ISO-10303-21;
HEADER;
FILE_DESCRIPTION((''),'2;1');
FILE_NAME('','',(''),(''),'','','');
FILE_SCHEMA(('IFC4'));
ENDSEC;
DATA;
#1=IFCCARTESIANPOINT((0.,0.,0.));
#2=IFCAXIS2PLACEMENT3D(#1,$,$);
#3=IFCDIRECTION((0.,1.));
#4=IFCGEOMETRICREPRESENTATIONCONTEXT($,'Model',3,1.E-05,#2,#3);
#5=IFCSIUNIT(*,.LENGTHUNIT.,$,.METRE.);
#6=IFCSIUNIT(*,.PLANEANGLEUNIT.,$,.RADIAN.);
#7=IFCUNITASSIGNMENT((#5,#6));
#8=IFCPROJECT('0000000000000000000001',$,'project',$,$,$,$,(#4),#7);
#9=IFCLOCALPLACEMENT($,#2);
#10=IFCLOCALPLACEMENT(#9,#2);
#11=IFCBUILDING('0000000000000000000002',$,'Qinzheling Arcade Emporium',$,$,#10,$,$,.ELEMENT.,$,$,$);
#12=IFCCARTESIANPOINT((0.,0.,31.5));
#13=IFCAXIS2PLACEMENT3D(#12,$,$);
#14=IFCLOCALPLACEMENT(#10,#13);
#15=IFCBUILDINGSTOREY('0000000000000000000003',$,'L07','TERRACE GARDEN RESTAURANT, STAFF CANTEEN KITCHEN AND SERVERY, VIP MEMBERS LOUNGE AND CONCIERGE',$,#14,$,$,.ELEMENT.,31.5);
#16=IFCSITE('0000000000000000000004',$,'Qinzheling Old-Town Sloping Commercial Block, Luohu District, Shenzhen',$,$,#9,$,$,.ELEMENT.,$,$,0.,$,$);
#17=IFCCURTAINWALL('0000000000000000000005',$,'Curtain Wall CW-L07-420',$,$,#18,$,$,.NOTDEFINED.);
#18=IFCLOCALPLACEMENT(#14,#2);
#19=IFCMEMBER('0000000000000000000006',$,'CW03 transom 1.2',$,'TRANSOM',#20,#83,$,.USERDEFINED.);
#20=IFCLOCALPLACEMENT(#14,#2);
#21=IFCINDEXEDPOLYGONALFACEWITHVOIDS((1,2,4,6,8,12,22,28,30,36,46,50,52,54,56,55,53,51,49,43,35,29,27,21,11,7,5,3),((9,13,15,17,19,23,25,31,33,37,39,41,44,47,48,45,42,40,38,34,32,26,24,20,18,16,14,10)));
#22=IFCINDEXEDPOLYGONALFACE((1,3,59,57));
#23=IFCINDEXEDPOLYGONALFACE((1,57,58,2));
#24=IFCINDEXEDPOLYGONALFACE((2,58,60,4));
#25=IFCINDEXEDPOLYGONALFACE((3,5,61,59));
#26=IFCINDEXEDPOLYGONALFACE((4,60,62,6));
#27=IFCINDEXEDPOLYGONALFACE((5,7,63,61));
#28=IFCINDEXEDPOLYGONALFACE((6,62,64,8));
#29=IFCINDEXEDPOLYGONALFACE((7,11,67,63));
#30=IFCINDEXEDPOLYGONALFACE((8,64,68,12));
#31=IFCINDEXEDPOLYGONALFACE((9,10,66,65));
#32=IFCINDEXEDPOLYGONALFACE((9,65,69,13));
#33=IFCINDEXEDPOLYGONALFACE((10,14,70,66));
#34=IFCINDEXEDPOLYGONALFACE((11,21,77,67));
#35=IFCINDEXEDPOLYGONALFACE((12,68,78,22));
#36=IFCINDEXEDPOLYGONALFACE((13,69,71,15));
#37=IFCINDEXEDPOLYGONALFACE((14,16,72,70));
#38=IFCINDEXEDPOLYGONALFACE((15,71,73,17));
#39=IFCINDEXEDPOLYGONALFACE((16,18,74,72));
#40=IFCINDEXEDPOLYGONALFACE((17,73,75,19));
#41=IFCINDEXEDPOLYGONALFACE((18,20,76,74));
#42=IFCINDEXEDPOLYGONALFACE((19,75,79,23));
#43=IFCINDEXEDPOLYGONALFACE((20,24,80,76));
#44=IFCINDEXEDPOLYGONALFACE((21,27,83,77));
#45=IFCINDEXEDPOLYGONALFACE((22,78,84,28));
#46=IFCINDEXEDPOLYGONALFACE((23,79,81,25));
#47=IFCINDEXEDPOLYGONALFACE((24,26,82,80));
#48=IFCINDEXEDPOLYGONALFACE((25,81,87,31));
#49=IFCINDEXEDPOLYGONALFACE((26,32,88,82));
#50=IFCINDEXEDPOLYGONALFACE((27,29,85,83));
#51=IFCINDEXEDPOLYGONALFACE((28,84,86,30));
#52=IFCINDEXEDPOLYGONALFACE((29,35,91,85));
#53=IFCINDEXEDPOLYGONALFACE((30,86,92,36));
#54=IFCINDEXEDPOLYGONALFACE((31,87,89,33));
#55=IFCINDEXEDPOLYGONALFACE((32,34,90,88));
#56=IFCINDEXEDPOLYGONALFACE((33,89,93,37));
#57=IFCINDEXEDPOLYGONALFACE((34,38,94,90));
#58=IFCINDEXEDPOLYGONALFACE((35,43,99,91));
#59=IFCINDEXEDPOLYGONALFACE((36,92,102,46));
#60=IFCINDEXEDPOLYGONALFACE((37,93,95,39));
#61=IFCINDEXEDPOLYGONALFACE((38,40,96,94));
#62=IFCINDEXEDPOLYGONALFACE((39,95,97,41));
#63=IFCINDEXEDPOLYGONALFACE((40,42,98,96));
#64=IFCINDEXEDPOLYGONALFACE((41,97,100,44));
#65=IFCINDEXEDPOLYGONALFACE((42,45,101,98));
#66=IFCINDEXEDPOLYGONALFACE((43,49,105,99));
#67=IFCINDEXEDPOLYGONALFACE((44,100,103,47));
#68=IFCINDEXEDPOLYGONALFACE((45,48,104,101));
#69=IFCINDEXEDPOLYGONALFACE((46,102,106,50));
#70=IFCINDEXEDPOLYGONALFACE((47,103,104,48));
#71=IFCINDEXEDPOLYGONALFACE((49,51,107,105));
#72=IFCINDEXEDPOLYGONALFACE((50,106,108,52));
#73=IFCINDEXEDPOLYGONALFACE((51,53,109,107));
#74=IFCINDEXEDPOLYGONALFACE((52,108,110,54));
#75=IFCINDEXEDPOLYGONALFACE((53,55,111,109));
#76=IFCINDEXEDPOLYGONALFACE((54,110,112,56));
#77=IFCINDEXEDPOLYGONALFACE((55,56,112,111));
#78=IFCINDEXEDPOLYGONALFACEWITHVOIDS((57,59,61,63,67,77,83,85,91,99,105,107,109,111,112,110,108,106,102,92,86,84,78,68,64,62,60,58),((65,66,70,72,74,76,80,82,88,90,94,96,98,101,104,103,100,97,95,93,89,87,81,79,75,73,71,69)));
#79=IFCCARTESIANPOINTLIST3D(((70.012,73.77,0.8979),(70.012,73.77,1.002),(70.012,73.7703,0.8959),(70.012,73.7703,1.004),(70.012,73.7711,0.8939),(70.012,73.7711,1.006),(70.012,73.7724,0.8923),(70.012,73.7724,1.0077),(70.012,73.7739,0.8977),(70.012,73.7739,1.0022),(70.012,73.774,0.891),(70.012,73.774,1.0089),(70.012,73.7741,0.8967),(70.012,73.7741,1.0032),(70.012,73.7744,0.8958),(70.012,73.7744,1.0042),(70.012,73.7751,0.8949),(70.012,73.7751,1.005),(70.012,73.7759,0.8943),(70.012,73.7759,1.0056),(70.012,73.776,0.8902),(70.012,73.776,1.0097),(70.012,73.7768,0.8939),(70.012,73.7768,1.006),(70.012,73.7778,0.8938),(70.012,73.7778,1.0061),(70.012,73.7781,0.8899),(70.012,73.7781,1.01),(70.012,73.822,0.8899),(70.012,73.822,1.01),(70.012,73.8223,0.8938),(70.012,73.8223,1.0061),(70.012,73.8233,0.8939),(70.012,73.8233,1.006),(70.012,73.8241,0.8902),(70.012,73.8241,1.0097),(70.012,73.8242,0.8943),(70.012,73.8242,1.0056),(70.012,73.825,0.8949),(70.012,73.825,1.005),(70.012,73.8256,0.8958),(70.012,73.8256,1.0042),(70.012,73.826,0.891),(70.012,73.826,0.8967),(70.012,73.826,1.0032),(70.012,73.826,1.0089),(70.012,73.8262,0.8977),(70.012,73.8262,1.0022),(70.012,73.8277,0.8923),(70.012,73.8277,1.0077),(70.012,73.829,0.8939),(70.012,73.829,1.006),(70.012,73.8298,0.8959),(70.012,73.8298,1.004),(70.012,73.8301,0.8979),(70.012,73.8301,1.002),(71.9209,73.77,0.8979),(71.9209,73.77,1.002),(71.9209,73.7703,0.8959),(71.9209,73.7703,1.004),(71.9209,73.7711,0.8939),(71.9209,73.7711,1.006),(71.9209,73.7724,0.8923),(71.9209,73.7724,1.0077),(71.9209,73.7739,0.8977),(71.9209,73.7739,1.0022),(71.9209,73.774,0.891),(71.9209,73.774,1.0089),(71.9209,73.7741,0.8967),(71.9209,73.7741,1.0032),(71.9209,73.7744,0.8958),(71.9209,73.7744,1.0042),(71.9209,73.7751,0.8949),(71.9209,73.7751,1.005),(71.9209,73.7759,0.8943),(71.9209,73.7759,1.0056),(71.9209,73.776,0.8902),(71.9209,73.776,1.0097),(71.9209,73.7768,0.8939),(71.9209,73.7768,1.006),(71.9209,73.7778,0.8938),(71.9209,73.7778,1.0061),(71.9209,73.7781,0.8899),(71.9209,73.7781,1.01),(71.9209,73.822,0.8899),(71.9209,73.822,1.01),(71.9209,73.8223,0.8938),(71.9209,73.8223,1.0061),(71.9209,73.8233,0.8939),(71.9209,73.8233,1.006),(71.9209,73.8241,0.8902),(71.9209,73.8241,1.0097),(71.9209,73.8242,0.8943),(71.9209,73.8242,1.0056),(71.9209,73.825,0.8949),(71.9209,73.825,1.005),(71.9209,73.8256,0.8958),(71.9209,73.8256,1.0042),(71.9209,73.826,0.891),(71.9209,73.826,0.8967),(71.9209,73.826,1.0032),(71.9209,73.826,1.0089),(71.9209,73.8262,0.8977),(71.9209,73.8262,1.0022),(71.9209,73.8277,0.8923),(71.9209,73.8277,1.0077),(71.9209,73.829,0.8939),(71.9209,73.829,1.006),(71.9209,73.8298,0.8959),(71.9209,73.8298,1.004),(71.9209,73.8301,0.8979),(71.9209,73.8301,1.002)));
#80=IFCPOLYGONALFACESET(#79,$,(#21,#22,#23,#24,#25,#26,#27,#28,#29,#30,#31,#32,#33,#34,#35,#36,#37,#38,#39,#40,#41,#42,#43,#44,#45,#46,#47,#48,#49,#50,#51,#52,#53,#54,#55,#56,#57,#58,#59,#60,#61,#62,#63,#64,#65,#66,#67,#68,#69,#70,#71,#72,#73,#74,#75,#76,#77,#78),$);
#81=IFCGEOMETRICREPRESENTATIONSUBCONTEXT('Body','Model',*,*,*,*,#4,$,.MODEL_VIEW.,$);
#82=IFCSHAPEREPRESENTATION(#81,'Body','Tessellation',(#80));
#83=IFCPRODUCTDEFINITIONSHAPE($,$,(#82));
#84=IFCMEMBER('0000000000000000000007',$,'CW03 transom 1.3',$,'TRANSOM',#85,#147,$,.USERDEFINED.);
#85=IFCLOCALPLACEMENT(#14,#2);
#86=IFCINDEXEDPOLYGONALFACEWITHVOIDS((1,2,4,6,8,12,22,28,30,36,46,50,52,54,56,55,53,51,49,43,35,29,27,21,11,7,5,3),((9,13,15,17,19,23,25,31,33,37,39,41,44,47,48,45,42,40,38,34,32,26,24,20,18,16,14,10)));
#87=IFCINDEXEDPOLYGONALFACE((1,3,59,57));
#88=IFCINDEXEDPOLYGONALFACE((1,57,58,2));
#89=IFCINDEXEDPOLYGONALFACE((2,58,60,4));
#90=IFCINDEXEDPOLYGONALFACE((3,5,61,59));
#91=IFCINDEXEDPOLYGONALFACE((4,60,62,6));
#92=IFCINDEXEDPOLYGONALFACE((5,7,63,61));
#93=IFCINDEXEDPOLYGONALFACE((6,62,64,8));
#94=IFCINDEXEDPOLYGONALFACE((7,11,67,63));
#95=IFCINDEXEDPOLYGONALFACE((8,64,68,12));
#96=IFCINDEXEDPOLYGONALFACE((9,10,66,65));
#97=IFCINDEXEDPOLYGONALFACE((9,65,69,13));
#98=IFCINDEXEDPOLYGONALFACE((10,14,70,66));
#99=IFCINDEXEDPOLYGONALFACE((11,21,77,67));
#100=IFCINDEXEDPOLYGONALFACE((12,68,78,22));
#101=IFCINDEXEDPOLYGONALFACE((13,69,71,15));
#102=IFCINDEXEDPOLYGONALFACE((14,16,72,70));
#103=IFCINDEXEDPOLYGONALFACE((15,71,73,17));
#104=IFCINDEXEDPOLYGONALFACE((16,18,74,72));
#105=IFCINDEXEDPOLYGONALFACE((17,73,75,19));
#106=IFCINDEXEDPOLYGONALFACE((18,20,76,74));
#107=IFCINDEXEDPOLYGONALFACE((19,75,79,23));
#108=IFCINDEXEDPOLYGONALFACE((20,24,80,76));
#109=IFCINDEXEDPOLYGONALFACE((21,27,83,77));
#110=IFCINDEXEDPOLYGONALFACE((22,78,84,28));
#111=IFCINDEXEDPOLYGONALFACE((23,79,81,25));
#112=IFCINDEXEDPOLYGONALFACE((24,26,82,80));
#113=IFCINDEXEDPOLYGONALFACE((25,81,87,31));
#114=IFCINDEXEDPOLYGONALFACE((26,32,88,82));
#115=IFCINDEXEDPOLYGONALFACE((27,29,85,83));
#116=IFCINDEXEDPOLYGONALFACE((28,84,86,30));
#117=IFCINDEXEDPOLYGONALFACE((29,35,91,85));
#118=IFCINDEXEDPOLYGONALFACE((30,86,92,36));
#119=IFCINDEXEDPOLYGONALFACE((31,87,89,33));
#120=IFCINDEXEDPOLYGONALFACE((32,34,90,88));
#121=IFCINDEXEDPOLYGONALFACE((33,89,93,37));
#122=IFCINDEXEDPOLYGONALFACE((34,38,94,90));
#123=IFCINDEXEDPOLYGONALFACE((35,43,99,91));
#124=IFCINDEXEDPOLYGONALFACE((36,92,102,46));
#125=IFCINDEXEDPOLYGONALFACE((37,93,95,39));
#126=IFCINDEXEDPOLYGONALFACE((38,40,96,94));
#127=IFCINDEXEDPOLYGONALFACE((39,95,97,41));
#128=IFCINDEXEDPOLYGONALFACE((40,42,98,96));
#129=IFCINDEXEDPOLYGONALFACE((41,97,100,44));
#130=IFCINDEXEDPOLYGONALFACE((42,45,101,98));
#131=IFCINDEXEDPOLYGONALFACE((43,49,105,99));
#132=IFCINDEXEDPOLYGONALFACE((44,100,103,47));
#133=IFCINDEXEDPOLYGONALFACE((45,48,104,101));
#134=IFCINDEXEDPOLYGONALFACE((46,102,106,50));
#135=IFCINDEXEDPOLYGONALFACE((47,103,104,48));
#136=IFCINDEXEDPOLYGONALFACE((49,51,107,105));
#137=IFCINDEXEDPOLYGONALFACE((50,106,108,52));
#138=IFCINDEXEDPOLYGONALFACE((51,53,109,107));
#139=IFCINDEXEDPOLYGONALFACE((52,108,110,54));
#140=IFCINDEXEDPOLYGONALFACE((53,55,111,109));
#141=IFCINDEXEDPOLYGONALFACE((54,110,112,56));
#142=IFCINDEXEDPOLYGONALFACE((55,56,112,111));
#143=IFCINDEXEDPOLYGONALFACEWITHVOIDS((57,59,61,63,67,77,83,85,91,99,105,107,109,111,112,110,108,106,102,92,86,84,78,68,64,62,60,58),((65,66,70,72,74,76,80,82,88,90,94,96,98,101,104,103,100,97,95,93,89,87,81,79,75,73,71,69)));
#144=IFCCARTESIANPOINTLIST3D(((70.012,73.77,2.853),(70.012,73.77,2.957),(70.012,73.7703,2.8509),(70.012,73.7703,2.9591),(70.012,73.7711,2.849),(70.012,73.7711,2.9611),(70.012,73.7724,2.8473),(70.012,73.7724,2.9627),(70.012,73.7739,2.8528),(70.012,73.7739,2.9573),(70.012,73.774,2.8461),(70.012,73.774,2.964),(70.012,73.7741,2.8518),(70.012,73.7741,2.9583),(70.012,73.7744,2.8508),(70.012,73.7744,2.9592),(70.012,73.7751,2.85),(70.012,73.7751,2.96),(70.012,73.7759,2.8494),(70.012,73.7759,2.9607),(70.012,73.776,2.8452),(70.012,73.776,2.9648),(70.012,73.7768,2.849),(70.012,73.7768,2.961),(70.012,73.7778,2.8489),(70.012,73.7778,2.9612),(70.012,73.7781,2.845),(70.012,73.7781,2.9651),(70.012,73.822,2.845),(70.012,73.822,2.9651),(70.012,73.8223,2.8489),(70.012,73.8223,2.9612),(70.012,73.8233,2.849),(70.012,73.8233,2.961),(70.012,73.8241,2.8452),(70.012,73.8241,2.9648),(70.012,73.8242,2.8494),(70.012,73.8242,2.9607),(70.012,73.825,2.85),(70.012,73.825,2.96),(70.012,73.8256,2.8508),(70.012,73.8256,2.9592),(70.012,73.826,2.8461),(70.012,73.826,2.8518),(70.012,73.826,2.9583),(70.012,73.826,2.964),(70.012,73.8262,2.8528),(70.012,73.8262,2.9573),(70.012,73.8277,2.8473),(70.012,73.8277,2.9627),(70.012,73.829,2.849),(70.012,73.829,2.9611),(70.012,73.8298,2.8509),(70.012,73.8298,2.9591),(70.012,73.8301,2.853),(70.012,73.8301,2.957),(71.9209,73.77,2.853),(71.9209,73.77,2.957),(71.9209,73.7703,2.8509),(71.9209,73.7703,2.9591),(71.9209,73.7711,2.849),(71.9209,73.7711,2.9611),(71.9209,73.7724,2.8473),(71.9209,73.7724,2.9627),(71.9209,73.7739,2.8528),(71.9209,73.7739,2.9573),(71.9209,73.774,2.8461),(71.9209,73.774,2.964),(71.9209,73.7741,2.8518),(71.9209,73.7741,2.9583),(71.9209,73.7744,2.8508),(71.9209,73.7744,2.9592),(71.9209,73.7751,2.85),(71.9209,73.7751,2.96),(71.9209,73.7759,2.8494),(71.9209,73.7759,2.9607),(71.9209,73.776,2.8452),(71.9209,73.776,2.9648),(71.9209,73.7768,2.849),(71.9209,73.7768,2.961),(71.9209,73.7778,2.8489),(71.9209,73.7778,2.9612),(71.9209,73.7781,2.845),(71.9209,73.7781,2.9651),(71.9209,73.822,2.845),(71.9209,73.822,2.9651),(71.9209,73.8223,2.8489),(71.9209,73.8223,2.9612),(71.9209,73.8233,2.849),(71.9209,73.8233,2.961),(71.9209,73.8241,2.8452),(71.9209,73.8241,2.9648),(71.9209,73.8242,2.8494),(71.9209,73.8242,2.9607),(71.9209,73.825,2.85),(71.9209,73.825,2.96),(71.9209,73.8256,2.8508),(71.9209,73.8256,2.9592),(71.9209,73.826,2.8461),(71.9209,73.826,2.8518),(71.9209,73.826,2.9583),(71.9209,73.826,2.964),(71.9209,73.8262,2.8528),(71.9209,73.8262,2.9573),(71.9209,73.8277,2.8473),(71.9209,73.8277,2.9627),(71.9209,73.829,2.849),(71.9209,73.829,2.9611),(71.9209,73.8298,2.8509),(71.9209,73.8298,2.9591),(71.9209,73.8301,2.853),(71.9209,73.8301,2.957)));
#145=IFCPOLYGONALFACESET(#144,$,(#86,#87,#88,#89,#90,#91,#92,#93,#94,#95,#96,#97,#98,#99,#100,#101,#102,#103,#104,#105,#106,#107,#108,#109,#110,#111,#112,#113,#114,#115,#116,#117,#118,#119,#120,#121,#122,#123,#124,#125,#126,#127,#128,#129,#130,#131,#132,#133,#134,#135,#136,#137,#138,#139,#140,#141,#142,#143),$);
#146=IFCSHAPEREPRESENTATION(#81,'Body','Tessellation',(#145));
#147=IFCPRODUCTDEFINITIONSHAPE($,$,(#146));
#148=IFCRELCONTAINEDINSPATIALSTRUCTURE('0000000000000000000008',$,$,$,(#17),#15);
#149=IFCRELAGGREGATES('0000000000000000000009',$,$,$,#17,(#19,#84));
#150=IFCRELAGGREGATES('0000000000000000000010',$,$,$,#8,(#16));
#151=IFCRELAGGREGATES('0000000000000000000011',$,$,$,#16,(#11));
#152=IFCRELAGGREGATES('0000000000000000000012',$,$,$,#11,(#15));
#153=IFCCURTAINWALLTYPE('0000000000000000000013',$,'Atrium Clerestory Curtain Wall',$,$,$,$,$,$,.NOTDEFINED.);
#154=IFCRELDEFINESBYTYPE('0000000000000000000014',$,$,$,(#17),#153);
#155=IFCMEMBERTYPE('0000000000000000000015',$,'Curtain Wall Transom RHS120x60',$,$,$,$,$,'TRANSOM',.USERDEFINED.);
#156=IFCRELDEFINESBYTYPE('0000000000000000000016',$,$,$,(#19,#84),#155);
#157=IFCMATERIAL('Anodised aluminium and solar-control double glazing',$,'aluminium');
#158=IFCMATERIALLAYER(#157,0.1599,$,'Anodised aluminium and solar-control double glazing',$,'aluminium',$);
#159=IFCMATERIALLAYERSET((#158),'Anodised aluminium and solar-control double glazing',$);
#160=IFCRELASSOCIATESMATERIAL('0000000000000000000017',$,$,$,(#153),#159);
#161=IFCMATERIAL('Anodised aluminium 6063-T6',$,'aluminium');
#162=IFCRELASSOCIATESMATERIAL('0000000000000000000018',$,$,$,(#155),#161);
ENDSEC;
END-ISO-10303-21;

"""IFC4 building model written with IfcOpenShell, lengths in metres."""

from ifc_helpers import new_model, si_unit, direction, frame, origin, origin_2d, place, context, subcontext, project, spatial, hollow_rectangle, extrude, material, layer, layer_set, material_profile, profile_set, type_object, element, aggregate, save


model = new_model("IFC4")

# Units and contexts
model_context = context("Model", 3, precision=1e-05, world=origin(), true_north=direction((0.0, 1.0)))
body_context = subcontext(model_context, "Body", "Model", "MODEL_VIEW")
ifc_project = project(units=[si_unit("LENGTHUNIT", "METRE"), si_unit("PLANEANGLEUNIT", "RADIAN")], contexts=[model_context])

# Site, building, storey
site_placement = place(None, origin())
site = spatial("IfcSite", under=ifc_project, at=site_placement, Name="Qinzheling Old-Town Sloping Commercial Block, Luohu District, Shenzhen", CompositionType="ELEMENT", RefElevation=0.0)
building_placement = place(site_placement, origin())
building = spatial("IfcBuilding", under=site, at=building_placement, Name="Qinzheling Arcade Emporium", CompositionType="ELEMENT")
storey_placement = place(building_placement, frame((0.0, 0.0, 31.5)))
storey = spatial("IfcBuildingStorey", under=building, at=storey_placement, Name="L07", Description="TERRACE GARDEN RESTAURANT, STAFF CANTEEN KITCHEN AND SERVERY, VIP MEMBERS LOUNGE AND CONCIERGE", CompositionType="ELEMENT", Elevation=31.5)

# Shared definitions
ifc_material_1 = material(Name="Anodised aluminium and solar-control double glazing", Category="aluminium")
ifc_layer_1 = layer(ifc_material_1, 0.1599, Name="Anodised aluminium and solar-control double glazing", Category="aluminium")
ifc_layer_set_1 = layer_set([ifc_layer_1], Name="Anodised aluminium and solar-control double glazing")
curtain_wall_type = type_object("IfcCurtainWallType", Name="Atrium Clerestory Curtain Wall", PredefinedType="NOTDEFINED", material=ifc_layer_set_1)
ifc_material_2 = material(Name="Anodised aluminium 6063-T6", Category="aluminium")

# Curtain wall
curtain_wall_1_placement = place(storey_placement, origin())
curtain_wall_1 = element("IfcCurtainWall", 1, at=curtain_wall_1_placement, inside=storey, type_object=curtain_wall_type, Name="Curtain Wall CW-L07-420", PredefinedType="NOTDEFINED")

# Members
ifc_material_profile_1 = material_profile(ifc_material_2, hollow_rectangle(XDim=0.0601, YDim=0.1201, WallThickness=0.0039, InnerFilletRadius=0.0039, OuterFilletRadius=0.0081, at=origin_2d()), Name="RHS 120x60x4", Category="aluminium")
ifc_profile_set_1 = profile_set([ifc_material_profile_1], Name="Anodised aluminium 6063-T6")
member_type_1 = type_object("IfcMemberType", Name="Curtain Wall Transom RHS120x60", ElementType="TRANSOM", PredefinedType="USERDEFINED", material=ifc_profile_set_1)
member_1_placement = place(storey_placement, frame((70.012, 73.8, 0.95), z_axis=(1.0, 0.0, 0.0), x_axis=(0.0, 1.0, 0.0)))
member_1 = element("IfcMember", 2, at=member_1_placement, type_object=member_type_1, Name="CW03 transom 1.2", ObjectType="TRANSOM", PredefinedType="USERDEFINED", context=body_context, shape_type="SweptSolid", body=[
    extrude(hollow_rectangle(XDim=0.0601, YDim=0.1201, WallThickness=0.0039, InnerFilletRadius=0.0039, OuterFilletRadius=0.0081, at=origin_2d()), origin(), (0.0, 0.0, 1.0), 1.9089),
])
member_2_placement = place(storey_placement, frame((70.012, 73.8, 2.905), z_axis=(1.0, 0.0, 0.0), x_axis=(0.0, 1.0, 0.0)))
member_2 = element("IfcMember", 3, at=member_2_placement, type_object=member_type_1, Name="CW03 transom 1.3", ObjectType="TRANSOM", PredefinedType="USERDEFINED", context=body_context, shape_type="SweptSolid", body=[
    extrude(hollow_rectangle(XDim=0.0601, YDim=0.1201, WallThickness=0.0039, InnerFilletRadius=0.0039, OuterFilletRadius=0.0081, at=origin_2d()), origin(), (0.0, 0.0, 1.0), 1.9089),
])

aggregate(curtain_wall_1, [member_1, member_2])

save(model, "model.ifc")
